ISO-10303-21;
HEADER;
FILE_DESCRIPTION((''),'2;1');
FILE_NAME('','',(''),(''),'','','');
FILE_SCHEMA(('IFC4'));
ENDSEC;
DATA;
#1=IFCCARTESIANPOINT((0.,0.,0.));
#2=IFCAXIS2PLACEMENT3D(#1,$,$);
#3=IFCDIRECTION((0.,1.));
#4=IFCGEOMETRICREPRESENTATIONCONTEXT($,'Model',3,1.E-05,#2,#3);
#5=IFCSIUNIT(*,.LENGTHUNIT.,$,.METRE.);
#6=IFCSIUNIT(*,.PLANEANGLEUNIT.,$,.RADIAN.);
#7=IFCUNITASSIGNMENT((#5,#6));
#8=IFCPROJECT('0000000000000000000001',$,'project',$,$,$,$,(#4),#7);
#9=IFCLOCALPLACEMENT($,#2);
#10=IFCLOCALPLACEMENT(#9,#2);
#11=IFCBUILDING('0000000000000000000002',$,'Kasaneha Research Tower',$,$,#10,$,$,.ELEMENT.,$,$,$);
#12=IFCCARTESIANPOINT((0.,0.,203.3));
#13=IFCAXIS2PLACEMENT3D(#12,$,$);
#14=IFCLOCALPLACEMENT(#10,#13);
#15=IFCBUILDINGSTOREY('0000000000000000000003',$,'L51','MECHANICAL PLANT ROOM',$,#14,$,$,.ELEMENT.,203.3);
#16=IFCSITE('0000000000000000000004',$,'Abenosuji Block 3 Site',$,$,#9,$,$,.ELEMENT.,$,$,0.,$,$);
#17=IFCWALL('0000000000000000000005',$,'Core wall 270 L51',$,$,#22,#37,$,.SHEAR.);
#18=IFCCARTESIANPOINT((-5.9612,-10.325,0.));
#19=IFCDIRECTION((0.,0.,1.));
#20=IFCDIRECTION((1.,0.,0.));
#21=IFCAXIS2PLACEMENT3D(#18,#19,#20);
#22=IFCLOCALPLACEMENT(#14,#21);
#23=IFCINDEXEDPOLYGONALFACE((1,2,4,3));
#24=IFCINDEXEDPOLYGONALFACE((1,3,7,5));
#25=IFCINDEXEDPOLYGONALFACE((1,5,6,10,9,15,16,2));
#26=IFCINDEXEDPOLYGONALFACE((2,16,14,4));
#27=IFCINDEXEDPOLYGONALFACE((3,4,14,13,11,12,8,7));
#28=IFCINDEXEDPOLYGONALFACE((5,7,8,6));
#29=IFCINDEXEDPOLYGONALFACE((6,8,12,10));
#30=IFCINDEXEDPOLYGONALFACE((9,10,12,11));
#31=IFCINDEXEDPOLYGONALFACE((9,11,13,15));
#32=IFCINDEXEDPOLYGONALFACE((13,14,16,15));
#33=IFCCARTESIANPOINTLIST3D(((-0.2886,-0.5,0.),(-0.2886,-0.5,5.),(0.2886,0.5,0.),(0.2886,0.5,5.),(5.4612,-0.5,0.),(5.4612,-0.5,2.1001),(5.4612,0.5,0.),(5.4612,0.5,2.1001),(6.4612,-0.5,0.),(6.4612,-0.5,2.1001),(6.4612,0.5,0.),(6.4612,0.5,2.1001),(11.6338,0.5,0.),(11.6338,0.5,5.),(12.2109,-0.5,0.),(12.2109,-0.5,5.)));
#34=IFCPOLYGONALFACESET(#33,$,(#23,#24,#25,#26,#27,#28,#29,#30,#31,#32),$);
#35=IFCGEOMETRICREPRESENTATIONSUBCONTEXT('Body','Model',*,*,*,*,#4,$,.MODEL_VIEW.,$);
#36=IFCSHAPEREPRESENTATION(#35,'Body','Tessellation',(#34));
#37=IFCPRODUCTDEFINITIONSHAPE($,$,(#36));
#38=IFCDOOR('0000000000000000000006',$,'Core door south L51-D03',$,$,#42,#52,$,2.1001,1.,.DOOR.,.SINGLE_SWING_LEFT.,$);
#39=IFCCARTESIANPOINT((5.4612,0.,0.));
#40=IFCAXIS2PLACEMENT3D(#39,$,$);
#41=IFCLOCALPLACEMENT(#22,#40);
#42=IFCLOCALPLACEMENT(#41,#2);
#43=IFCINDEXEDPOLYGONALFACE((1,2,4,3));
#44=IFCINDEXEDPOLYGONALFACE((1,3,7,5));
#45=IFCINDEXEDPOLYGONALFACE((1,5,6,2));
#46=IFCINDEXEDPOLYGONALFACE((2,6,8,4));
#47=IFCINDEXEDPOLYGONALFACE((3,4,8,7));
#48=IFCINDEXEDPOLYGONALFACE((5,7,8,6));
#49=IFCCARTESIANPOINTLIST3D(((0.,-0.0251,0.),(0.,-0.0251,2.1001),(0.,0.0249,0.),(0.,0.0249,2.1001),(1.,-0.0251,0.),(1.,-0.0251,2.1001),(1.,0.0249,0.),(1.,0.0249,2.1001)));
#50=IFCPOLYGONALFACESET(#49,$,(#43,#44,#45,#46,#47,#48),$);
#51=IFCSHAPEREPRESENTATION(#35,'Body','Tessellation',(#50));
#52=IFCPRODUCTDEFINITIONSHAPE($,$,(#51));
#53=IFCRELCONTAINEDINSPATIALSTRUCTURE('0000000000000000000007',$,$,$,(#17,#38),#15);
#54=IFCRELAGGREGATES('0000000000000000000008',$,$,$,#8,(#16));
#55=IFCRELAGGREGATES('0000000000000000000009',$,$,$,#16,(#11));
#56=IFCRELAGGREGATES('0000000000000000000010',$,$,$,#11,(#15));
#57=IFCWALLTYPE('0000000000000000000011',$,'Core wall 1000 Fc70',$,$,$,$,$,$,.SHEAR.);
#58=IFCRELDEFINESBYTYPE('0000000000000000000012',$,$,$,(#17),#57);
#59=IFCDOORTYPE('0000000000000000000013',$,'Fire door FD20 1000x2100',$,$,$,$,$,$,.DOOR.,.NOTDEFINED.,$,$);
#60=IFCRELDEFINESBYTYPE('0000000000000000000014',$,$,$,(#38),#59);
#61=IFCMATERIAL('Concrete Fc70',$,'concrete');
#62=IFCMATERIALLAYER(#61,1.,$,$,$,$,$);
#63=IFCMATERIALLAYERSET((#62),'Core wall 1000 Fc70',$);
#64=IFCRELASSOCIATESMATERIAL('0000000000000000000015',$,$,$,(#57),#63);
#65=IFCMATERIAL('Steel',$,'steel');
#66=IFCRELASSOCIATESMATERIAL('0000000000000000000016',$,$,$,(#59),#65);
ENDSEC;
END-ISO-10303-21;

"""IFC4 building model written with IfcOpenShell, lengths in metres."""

from ifc_helpers import new_model, si_unit, direction, frame, frame_2d, origin, place, context, subcontext, project, spatial, polyline, rectangle, outline, extrude, material, layer, layer_set, type_object, element, fill, save


model = new_model("IFC4")

# Units and contexts
model_context = context("Model", 3, precision=1e-05, world=origin(), true_north=direction((0.0, 1.0)))
body_context = subcontext(model_context, "Body", "Model", "MODEL_VIEW")
ifc_project = project(units=[si_unit("LENGTHUNIT", "METRE"), si_unit("PLANEANGLEUNIT", "RADIAN")], contexts=[model_context])

# Site, building, storey
site_placement = place(None, origin())
site = spatial("IfcSite", under=ifc_project, at=site_placement, Name="Abenosuji Block 3 Site", CompositionType="ELEMENT", RefElevation=0.0)
building_placement = place(site_placement, origin())
building = spatial("IfcBuilding", under=site, at=building_placement, Name="Kasaneha Research Tower", CompositionType="ELEMENT")
storey_placement = place(building_placement, frame((0.0, 0.0, 203.3)))
storey = spatial("IfcBuildingStorey", under=building, at=storey_placement, Name="L51", Description="MECHANICAL PLANT ROOM", CompositionType="ELEMENT", Elevation=203.3)

# Wall, opening, door
ifc_material_1 = material(Name="Concrete Fc70", Category="concrete")
ifc_layer_1 = layer(ifc_material_1, 1.0)
ifc_layer_set_1 = layer_set([ifc_layer_1], Name="Core wall 1000 Fc70")
wall_type_1 = type_object("IfcWallType", Name="Core wall 1000 Fc70", PredefinedType="SHEAR", material=ifc_layer_set_1)
wall_1_placement = place(storey_placement, frame((-5.9612, -10.325, 0.0), z_axis=(0.0, 0.0, 1.0), x_axis=(1.0, 0.0, 0.0)))
wall_1 = element("IfcWall", 1, at=wall_1_placement, inside=storey, type_object=wall_type_1, Name="Core wall 270 L51", PredefinedType="SHEAR", context=body_context, shape_type="SweptSolid", body=[
    extrude(outline(polyline([(-0.2886, -0.5), (5.4612, -0.5), (6.4612, -0.5), (12.2109, -0.5), (11.6338, 0.5), (6.4612, 0.5), (5.4612, 0.5), (0.2886, 0.5), (-0.2886, -0.5)])), origin(), (0.0, 0.0, 1.0), 5.0),
])
opening_1_placement = place(wall_1_placement, frame((5.4612, 0.0, 0.0)))
opening_1 = element("IfcOpeningElement", 2, at=opening_1_placement, cuts=wall_1, PredefinedType="OPENING", context=body_context, shape_type="SweptSolid", body=[
    extrude(rectangle(XDim=1.0, YDim=2.1001, at=frame_2d((0.5, 1.05))), frame((0.0, 0.51, 0.0), z_axis=(0.0, -1.0, 0.0), x_axis=(1.0, 0.0, 0.0)), (0.0, 0.0, 1.0), 1.02),
])
ifc_material_2 = material(Name="Steel", Category="steel")
door_type_1 = type_object("IfcDoorType", Name="Fire door FD20 1000x2100", OperationType="NOTDEFINED", PredefinedType="DOOR", material=ifc_material_2)
door_1_placement = place(opening_1_placement, origin())
door_1 = element("IfcDoor", 3, at=door_1_placement, inside=storey, type_object=door_type_1, Name="Core door south L51-D03", OperationType="SINGLE_SWING_LEFT", OverallHeight=2.1001, OverallWidth=1.0, PredefinedType="DOOR", context=body_context, shape_type="SweptSolid", body=[
    extrude(rectangle(XDim=1.0, YDim=2.1001, at=frame_2d((0.5, 1.05))), frame((0.0, 0.0249, 0.0), z_axis=(0.0, -1.0, 0.0), x_axis=(1.0, 0.0, 0.0)), (0.0, 0.0, 1.0), 0.05),
])
fill(opening_1, door_1)

save(model, "model.ifc")
